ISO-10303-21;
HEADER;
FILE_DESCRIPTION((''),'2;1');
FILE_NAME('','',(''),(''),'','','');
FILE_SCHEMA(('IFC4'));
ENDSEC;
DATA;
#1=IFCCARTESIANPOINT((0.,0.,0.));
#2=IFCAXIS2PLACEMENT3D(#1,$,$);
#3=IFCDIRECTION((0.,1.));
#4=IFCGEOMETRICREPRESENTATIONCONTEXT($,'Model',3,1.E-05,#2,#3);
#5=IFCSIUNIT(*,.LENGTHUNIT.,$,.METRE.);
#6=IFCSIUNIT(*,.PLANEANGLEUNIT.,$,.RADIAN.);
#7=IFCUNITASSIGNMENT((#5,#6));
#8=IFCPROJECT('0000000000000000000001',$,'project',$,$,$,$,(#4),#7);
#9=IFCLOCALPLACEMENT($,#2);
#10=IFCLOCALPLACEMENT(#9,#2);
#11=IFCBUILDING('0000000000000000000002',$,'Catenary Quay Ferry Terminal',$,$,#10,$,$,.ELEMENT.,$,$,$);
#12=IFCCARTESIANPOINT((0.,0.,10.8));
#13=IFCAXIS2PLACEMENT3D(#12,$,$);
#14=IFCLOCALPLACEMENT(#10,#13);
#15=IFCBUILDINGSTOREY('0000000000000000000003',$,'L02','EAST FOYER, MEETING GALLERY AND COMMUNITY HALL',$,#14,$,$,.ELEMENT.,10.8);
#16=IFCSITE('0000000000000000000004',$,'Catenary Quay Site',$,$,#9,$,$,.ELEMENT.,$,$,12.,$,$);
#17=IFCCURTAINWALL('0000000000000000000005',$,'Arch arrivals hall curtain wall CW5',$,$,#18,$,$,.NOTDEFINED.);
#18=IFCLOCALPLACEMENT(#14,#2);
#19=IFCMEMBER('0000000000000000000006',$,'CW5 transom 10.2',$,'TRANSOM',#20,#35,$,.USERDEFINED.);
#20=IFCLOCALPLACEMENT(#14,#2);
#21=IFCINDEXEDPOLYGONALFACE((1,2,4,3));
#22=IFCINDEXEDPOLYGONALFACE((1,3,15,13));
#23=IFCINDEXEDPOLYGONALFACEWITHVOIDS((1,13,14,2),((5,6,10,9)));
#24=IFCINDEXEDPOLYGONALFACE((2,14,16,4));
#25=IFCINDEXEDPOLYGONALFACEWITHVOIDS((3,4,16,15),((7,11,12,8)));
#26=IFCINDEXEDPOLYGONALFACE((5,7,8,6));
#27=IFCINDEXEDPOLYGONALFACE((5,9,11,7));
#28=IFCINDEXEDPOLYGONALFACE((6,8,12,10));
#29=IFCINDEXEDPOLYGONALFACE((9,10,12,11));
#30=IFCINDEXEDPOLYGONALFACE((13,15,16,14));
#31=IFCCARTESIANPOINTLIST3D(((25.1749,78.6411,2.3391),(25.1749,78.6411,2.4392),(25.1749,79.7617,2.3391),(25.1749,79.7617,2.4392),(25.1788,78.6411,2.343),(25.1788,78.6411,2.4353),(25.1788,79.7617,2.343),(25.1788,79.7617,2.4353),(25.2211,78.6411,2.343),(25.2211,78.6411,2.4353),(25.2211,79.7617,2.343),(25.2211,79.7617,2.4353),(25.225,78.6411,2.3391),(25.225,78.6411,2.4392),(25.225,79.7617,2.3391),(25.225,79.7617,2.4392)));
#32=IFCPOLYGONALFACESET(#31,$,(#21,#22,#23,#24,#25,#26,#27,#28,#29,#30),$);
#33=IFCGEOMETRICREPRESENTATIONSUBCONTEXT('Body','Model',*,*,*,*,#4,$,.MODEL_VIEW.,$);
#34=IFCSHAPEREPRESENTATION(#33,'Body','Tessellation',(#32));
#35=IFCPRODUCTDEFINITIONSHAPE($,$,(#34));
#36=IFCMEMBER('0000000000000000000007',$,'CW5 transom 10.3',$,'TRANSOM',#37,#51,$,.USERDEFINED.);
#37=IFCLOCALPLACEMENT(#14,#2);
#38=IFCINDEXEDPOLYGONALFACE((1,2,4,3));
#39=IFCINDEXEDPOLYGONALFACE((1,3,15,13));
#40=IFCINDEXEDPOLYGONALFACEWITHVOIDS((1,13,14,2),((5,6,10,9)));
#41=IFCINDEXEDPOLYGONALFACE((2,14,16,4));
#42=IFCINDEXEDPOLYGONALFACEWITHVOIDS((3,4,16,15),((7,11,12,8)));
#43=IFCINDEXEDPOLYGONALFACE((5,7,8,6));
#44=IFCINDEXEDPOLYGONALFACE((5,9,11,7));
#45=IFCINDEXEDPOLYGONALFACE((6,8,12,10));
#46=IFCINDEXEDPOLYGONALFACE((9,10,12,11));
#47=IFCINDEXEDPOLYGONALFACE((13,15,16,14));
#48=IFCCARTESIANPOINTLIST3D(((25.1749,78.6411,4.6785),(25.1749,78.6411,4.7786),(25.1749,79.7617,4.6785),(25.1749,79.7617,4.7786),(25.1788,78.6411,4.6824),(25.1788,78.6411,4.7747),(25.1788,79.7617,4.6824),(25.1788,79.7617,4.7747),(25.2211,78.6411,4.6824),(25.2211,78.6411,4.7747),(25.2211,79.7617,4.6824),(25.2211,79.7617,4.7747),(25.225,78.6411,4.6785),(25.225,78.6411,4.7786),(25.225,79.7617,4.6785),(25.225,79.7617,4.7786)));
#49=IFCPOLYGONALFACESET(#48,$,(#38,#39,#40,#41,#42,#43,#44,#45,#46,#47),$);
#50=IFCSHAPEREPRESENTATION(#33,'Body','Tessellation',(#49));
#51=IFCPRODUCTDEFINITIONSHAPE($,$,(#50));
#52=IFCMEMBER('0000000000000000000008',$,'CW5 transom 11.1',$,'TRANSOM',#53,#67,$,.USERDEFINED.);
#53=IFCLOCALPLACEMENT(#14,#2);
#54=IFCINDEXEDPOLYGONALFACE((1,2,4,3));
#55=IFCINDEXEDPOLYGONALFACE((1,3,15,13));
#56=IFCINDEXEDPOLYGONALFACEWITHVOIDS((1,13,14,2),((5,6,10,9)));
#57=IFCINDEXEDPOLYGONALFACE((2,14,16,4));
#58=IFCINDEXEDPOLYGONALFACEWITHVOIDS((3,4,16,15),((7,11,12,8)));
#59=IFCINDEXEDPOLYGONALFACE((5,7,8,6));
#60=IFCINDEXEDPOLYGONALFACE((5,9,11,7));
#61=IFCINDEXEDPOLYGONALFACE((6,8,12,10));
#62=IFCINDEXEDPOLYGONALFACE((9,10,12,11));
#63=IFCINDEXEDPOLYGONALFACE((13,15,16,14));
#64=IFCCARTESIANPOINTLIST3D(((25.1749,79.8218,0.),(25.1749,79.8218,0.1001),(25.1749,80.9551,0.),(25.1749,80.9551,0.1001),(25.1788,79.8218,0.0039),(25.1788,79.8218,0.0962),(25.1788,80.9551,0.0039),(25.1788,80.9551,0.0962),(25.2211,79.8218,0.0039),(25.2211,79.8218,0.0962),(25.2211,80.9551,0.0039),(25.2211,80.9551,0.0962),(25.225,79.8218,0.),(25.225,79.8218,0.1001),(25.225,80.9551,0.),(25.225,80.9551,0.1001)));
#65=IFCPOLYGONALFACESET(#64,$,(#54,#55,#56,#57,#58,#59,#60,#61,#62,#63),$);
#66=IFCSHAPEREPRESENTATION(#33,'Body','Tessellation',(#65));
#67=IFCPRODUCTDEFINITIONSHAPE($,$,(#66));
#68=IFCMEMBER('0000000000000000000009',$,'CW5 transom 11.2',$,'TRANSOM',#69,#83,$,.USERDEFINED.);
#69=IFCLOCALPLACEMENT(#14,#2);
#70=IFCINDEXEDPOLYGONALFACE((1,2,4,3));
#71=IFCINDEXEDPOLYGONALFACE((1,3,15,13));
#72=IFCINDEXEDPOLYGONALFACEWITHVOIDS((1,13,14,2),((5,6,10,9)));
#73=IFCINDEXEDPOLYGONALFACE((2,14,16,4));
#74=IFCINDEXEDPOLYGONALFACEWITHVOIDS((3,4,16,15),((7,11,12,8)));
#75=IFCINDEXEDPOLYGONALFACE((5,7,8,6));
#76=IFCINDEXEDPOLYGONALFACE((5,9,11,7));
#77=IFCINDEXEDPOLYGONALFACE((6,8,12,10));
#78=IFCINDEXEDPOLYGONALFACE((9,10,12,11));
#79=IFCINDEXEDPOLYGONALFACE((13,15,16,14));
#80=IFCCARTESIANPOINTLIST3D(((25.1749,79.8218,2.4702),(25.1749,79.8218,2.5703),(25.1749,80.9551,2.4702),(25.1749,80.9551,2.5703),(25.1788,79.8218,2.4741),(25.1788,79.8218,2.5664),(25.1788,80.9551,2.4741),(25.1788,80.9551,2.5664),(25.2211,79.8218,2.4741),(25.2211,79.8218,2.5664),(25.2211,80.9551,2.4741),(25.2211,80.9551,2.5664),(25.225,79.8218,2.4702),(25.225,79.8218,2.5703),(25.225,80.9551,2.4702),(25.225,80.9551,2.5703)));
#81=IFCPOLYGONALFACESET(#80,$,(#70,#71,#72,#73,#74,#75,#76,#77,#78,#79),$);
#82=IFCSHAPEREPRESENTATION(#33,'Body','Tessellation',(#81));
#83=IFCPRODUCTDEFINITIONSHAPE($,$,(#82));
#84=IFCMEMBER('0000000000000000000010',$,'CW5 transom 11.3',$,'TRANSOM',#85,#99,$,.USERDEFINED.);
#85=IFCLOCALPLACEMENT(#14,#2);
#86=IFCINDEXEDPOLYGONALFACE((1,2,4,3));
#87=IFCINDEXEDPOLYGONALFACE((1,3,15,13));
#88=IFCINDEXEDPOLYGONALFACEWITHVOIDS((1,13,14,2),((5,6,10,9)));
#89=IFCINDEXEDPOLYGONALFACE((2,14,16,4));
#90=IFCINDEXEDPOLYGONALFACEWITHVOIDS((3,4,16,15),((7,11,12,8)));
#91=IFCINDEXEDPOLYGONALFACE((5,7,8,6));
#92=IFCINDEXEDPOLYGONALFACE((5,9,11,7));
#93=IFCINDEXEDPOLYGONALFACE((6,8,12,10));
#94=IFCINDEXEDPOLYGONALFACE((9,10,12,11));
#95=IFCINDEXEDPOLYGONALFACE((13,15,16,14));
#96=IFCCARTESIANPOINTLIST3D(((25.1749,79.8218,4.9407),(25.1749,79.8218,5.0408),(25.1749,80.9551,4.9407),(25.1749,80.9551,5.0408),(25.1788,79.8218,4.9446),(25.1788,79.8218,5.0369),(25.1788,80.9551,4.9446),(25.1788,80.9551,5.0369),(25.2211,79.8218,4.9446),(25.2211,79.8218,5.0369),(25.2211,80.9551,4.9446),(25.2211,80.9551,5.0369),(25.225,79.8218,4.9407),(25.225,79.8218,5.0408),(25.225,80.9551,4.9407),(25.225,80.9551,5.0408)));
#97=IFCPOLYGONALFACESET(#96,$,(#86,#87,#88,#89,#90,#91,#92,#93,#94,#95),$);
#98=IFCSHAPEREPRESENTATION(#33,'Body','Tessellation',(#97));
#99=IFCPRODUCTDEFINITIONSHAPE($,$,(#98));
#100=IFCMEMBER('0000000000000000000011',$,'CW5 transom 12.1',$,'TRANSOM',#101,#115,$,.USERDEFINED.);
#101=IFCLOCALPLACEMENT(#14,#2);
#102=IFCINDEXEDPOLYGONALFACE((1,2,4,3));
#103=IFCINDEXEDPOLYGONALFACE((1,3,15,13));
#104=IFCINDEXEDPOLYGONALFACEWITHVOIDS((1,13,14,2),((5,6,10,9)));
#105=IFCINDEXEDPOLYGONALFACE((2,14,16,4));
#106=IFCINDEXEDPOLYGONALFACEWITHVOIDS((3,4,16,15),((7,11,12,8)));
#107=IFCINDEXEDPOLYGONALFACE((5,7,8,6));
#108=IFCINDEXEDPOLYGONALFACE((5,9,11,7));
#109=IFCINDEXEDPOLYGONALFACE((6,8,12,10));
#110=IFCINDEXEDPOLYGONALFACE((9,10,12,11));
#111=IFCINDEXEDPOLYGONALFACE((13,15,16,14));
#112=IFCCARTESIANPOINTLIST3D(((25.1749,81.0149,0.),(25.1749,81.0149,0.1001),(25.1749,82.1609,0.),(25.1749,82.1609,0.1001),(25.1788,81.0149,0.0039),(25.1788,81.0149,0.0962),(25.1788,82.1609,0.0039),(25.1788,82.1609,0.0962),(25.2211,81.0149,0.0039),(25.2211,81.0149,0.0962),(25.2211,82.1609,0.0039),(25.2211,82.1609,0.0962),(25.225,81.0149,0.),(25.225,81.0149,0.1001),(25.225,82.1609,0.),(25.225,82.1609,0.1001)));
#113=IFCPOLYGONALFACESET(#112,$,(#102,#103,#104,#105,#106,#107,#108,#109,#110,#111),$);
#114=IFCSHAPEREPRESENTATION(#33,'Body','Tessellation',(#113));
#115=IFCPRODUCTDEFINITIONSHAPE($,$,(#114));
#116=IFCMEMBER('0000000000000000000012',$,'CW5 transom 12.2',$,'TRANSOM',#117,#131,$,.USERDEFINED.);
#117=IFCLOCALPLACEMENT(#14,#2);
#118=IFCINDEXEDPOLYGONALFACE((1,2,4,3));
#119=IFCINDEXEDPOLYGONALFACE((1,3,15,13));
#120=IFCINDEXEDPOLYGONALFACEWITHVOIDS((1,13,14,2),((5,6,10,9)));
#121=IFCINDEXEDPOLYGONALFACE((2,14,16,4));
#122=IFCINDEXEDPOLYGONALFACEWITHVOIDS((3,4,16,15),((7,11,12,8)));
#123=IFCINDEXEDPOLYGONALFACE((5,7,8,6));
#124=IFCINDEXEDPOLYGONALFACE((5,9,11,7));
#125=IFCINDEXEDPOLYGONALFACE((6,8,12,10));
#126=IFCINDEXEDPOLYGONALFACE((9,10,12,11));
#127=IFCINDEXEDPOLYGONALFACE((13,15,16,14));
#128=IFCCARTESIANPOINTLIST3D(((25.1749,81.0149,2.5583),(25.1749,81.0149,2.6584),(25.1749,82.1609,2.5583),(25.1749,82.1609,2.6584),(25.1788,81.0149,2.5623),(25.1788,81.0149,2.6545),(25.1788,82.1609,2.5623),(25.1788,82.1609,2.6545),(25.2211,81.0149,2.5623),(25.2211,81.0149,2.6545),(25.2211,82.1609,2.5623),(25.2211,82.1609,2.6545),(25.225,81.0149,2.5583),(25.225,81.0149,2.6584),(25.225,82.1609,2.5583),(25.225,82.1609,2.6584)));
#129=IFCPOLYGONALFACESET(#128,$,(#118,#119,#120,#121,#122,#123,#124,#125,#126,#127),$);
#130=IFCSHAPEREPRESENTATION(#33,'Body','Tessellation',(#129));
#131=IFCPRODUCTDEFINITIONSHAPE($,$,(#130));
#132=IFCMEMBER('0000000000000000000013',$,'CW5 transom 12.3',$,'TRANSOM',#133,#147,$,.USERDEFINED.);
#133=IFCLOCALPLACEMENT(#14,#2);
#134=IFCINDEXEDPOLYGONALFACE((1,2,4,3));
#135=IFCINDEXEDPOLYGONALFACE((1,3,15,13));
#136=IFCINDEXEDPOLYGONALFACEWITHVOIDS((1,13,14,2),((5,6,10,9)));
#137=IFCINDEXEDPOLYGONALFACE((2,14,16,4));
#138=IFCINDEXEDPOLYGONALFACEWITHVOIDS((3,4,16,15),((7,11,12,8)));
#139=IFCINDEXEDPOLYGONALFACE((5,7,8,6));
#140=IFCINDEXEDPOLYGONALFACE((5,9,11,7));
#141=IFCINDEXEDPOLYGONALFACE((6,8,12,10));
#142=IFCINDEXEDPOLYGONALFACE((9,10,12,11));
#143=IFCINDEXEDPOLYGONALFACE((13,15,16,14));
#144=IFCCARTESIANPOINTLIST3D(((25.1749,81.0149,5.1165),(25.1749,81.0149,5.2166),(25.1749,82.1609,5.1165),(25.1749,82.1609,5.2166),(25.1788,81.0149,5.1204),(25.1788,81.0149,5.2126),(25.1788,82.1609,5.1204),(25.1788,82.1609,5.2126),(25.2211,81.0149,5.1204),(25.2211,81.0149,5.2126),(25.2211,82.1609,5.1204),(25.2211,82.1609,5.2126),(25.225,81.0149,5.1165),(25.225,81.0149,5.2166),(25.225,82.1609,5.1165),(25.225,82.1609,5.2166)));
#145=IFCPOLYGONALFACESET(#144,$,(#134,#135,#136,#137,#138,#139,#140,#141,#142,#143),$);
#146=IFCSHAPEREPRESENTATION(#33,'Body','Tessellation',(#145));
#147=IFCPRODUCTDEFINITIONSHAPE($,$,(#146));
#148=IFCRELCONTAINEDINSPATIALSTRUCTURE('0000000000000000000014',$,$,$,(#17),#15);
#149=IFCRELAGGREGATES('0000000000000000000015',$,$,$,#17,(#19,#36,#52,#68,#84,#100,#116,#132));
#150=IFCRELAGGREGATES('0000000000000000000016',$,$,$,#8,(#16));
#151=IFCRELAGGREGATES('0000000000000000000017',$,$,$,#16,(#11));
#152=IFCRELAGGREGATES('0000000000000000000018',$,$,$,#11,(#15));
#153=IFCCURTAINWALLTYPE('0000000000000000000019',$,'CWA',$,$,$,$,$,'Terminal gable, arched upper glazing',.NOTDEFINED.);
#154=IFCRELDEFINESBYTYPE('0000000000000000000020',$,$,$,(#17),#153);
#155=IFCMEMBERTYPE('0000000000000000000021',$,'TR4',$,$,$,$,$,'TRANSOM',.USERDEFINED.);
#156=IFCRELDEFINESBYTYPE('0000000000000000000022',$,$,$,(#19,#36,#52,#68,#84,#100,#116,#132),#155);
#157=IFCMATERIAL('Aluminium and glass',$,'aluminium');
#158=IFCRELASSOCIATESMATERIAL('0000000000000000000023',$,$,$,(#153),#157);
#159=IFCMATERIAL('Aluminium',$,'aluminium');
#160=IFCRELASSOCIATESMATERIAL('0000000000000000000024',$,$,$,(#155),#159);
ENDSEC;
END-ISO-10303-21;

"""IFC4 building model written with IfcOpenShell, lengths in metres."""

from ifc_helpers import new_model, si_unit, direction, frame, origin, origin_2d, place, context, subcontext, project, spatial, hollow_rectangle, extrude, material, material_profile, profile_set, type_object, element, aggregate, save


model = new_model("IFC4")

# Units and contexts
model_context = context("Model", 3, precision=1e-05, world=origin(), true_north=direction((0.0, 1.0)))
body_context = subcontext(model_context, "Body", "Model", "MODEL_VIEW")
ifc_project = project(units=[si_unit("LENGTHUNIT", "METRE"), si_unit("PLANEANGLEUNIT", "RADIAN")], contexts=[model_context])

# Site, building, storey
site_placement = place(None, origin())
site = spatial("IfcSite", under=ifc_project, at=site_placement, Name="Catenary Quay Site", CompositionType="ELEMENT", RefElevation=12.0)
building_placement = place(site_placement, origin())
building = spatial("IfcBuilding", under=site, at=building_placement, Name="Catenary Quay Ferry Terminal", CompositionType="ELEMENT")
storey_placement = place(building_placement, frame((0.0, 0.0, 10.8)))
storey = spatial("IfcBuildingStorey", under=building, at=storey_placement, Name="L02", Description="EAST FOYER, MEETING GALLERY AND COMMUNITY HALL", CompositionType="ELEMENT", Elevation=10.8)

# Curtain wall, members
ifc_material_1 = material(Name="Aluminium and glass", Category="aluminium")
curtain_wall_type = type_object("IfcCurtainWallType", Name="CWA", ElementType="Terminal gable, arched upper glazing", PredefinedType="NOTDEFINED", material=ifc_material_1)
curtain_wall_placement = place(storey_placement, origin())
curtain_wall = element("IfcCurtainWall", 1, at=curtain_wall_placement, inside=storey, type_object=curtain_wall_type, Name="Arch arrivals hall curtain wall CW5", PredefinedType="NOTDEFINED")
ifc_material_2 = material(Name="Aluminium", Category="aluminium")
ifc_material_profile_1 = material_profile(ifc_material_2, hollow_rectangle(XDim=0.05, YDim=0.1001, WallThickness=0.0039, at=origin_2d()), Name="TR4")
ifc_profile_set_1 = profile_set([ifc_material_profile_1], Name="Aluminium")
member_type_1 = type_object("IfcMemberType", Name="TR4", ElementType="TRANSOM", PredefinedType="USERDEFINED", material=ifc_profile_set_1)
member_1_placement = place(storey_placement, frame((25.2, 78.6411, 2.3892), z_axis=(0.0, 1.0, 0.0), x_axis=(-1.0, 0.0, 0.0)))
member_1 = element("IfcMember", 2, at=member_1_placement, type_object=member_type_1, Name="CW5 transom 10.2", ObjectType="TRANSOM", PredefinedType="USERDEFINED", context=body_context, shape_type="SweptSolid", body=[
    extrude(hollow_rectangle(XDim=0.05, YDim=0.1001, WallThickness=0.0039, at=origin_2d()), origin(), (0.0, 0.0, 1.0), 1.1206),
])
member_2_placement = place(storey_placement, frame((25.2, 78.6411, 4.7285), z_axis=(0.0, 1.0, 0.0), x_axis=(-1.0, 0.0, 0.0)))
member_2 = element("IfcMember", 3, at=member_2_placement, type_object=member_type_1, Name="CW5 transom 10.3", ObjectType="TRANSOM", PredefinedType="USERDEFINED", context=body_context, shape_type="SweptSolid", body=[
    extrude(hollow_rectangle(XDim=0.05, YDim=0.1001, WallThickness=0.0039, at=origin_2d()), origin(), (0.0, 0.0, 1.0), 1.1206),
])
member_3_placement = place(storey_placement, frame((25.2, 79.8218, 0.05), z_axis=(0.0, 1.0, 0.0), x_axis=(-1.0, 0.0, 0.0)))
member_3 = element("IfcMember", 4, at=member_3_placement, type_object=member_type_1, Name="CW5 transom 11.1", ObjectType="TRANSOM", PredefinedType="USERDEFINED", context=body_context, shape_type="SweptSolid", body=[
    extrude(hollow_rectangle(XDim=0.05, YDim=0.1001, WallThickness=0.0039, at=origin_2d()), origin(), (0.0, 0.0, 1.0), 1.1333),
])
member_4_placement = place(storey_placement, frame((25.2, 79.8218, 2.5203), z_axis=(0.0, 1.0, 0.0), x_axis=(-1.0, 0.0, 0.0)))
member_4 = element("IfcMember", 5, at=member_4_placement, type_object=member_type_1, Name="CW5 transom 11.2", ObjectType="TRANSOM", PredefinedType="USERDEFINED", context=body_context, shape_type="SweptSolid", body=[
    extrude(hollow_rectangle(XDim=0.05, YDim=0.1001, WallThickness=0.0039, at=origin_2d()), origin(), (0.0, 0.0, 1.0), 1.1333),
])
member_5_placement = place(storey_placement, frame((25.2, 79.8218, 4.9907), z_axis=(0.0, 1.0, 0.0), x_axis=(-1.0, 0.0, 0.0)))
member_5 = element("IfcMember", 6, at=member_5_placement, type_object=member_type_1, Name="CW5 transom 11.3", ObjectType="TRANSOM", PredefinedType="USERDEFINED", context=body_context, shape_type="SweptSolid", body=[
    extrude(hollow_rectangle(XDim=0.05, YDim=0.1001, WallThickness=0.0039, at=origin_2d()), origin(), (0.0, 0.0, 1.0), 1.1333),
])
member_6_placement = place(storey_placement, frame((25.2, 81.0149, 0.05), z_axis=(0.0, 1.0, 0.0), x_axis=(-1.0, 0.0, 0.0)))
member_6 = element("IfcMember", 7, at=member_6_placement, type_object=member_type_1, Name="CW5 transom 12.1", ObjectType="TRANSOM", PredefinedType="USERDEFINED", context=body_context, shape_type="SweptSolid", body=[
    extrude(hollow_rectangle(XDim=0.05, YDim=0.1001, WallThickness=0.0039, at=origin_2d()), origin(), (0.0, 0.0, 1.0), 1.146),
])
member_7_placement = place(storey_placement, frame((25.2, 81.0149, 2.6084), z_axis=(0.0, 1.0, 0.0), x_axis=(-1.0, 0.0, 0.0)))
member_7 = element("IfcMember", 8, at=member_7_placement, type_object=member_type_1, Name="CW5 transom 12.2", ObjectType="TRANSOM", PredefinedType="USERDEFINED", context=body_context, shape_type="SweptSolid", body=[
    extrude(hollow_rectangle(XDim=0.05, YDim=0.1001, WallThickness=0.0039, at=origin_2d()), origin(), (0.0, 0.0, 1.0), 1.146),
])
member_8_placement = place(storey_placement, frame((25.2, 81.0149, 5.1665), z_axis=(0.0, 1.0, 0.0), x_axis=(-1.0, 0.0, 0.0)))
member_8 = element("IfcMember", 9, at=member_8_placement, type_object=member_type_1, Name="CW5 transom 12.3", ObjectType="TRANSOM", PredefinedType="USERDEFINED", context=body_context, shape_type="SweptSolid", body=[
    extrude(hollow_rectangle(XDim=0.05, YDim=0.1001, WallThickness=0.0039, at=origin_2d()), origin(), (0.0, 0.0, 1.0), 1.146),
])

aggregate(curtain_wall, [member_1, member_2, member_3, member_4, member_5, member_6, member_7, member_8])

save(model, "model.ifc")
